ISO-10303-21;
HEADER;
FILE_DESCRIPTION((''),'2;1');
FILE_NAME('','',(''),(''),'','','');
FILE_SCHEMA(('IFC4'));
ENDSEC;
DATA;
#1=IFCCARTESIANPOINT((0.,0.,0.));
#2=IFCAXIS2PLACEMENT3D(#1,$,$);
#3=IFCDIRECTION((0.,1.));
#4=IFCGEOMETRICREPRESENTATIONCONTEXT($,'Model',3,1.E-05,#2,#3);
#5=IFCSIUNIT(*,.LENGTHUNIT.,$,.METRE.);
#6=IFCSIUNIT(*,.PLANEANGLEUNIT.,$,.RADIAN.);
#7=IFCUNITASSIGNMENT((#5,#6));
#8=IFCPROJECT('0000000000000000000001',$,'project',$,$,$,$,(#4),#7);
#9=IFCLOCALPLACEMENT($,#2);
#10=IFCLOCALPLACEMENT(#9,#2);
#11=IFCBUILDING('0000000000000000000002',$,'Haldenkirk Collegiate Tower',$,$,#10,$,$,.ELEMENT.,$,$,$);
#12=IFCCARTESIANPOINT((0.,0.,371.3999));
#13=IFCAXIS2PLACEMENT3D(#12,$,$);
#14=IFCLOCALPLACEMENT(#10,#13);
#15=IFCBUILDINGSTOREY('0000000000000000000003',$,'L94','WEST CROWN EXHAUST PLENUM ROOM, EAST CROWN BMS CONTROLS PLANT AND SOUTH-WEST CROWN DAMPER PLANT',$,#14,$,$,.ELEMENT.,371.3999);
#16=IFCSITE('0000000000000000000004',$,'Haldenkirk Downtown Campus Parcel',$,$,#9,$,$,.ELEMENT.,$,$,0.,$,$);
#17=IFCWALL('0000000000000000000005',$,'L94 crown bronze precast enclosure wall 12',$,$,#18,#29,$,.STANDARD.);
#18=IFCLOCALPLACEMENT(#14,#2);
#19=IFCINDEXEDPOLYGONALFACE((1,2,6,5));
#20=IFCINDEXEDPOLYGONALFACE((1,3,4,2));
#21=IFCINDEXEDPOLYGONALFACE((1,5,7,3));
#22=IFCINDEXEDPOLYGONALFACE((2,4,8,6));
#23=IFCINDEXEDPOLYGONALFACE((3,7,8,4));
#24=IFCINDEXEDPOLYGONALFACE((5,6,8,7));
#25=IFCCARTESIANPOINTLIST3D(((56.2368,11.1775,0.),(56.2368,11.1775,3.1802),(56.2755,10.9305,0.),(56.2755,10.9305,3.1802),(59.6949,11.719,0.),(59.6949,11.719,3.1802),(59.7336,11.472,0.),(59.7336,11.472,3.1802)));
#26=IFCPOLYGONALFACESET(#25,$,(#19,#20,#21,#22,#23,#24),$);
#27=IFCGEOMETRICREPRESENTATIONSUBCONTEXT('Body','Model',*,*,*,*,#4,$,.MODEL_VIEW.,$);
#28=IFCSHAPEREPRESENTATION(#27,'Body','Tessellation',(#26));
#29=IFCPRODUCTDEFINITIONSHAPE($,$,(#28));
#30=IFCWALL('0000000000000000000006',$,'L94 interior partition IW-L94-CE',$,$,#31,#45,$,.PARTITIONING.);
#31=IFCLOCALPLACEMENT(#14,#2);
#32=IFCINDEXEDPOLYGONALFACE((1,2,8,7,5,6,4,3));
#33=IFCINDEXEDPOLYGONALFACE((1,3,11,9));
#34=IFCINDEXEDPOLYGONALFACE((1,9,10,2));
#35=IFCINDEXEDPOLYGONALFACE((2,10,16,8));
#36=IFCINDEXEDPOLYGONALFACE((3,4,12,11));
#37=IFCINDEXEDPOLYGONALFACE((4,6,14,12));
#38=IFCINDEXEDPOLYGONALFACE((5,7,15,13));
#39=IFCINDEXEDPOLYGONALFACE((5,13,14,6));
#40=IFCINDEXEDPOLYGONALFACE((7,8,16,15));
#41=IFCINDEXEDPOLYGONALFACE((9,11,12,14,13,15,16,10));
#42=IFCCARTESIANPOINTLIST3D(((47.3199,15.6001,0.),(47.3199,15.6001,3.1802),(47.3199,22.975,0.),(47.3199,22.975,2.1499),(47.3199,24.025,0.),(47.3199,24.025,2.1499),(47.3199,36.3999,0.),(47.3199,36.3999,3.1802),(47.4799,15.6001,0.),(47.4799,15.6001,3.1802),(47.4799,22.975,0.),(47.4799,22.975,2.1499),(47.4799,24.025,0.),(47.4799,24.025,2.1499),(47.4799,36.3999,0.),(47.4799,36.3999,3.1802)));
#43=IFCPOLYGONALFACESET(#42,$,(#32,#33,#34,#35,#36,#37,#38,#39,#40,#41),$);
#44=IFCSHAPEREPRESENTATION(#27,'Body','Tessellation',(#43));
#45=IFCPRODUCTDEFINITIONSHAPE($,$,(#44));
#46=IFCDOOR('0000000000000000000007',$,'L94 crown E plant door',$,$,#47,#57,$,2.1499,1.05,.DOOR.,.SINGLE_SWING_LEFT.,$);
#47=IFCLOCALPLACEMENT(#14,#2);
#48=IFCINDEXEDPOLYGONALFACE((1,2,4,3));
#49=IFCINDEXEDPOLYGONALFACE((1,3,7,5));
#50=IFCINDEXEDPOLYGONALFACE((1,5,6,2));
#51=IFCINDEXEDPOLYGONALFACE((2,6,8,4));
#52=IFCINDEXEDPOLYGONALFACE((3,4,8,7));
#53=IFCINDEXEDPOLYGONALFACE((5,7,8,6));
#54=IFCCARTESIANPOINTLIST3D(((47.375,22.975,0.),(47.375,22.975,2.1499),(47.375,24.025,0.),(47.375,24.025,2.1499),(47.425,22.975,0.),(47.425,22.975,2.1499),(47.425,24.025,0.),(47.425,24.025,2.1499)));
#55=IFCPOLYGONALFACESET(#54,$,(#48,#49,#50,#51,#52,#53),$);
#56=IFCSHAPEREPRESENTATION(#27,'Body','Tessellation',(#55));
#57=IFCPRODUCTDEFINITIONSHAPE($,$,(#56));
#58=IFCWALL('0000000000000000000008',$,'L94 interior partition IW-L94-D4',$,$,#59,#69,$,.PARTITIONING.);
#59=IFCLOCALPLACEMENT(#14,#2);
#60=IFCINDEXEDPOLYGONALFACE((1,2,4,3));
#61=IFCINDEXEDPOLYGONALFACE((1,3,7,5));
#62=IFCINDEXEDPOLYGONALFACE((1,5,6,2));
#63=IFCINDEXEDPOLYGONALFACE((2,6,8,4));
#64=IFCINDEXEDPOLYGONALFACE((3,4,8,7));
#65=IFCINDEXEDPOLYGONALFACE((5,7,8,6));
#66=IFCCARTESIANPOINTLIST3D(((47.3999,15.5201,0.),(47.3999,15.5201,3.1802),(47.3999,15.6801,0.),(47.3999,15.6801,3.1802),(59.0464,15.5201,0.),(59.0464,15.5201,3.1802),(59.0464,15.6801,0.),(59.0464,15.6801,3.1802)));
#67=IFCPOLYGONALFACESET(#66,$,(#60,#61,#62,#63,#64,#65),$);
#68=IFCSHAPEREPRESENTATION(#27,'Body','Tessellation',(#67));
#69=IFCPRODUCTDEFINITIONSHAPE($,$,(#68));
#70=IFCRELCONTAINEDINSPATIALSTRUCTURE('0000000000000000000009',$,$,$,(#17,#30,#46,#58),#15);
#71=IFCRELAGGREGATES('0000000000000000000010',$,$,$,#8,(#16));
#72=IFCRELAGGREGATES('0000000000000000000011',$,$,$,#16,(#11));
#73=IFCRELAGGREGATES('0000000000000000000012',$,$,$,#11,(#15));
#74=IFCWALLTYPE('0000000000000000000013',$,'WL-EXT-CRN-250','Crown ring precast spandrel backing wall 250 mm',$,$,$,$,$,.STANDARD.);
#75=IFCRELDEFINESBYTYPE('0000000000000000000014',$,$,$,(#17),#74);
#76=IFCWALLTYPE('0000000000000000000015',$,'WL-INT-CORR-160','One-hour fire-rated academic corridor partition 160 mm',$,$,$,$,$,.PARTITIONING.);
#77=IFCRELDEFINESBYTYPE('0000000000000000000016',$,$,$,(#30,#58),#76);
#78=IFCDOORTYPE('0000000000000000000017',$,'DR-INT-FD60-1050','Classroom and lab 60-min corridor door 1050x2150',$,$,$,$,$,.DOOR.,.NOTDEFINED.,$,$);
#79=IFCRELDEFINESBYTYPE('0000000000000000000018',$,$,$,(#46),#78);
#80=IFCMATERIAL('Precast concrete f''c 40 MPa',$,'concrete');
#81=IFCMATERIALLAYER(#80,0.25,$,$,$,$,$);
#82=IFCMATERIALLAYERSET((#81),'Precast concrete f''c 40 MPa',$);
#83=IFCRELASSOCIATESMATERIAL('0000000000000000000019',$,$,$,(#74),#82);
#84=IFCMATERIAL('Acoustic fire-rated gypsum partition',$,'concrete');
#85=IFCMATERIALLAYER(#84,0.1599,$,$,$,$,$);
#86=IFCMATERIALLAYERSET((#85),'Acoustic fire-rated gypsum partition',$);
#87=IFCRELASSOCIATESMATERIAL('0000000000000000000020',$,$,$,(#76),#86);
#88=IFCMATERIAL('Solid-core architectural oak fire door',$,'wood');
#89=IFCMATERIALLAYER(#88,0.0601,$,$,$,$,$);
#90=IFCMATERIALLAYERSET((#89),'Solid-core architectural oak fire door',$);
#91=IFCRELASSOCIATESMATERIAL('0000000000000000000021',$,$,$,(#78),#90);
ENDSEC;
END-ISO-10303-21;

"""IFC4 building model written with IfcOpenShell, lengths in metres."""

from ifc_helpers import new_model, si_unit, direction, frame, frame_2d, origin, place, context, subcontext, project, spatial, rectangle, extrude, material, layer, layer_set, type_object, element, fill, save


model = new_model("IFC4")

# Units and contexts
model_context = context("Model", 3, precision=1e-05, world=origin(), true_north=direction((0.0, 1.0)))
body_context = subcontext(model_context, "Body", "Model", "MODEL_VIEW")
ifc_project = project(units=[si_unit("LENGTHUNIT", "METRE"), si_unit("PLANEANGLEUNIT", "RADIAN")], contexts=[model_context])

# Site, building, storey
site_placement = place(None, origin())
site = spatial("IfcSite", under=ifc_project, at=site_placement, Name="Haldenkirk Downtown Campus Parcel", CompositionType="ELEMENT", RefElevation=0.0)
building_placement = place(site_placement, origin())
building = spatial("IfcBuilding", under=site, at=building_placement, Name="Haldenkirk Collegiate Tower", CompositionType="ELEMENT")
storey_placement = place(building_placement, frame((0.0, 0.0, 371.3999)))
storey = spatial("IfcBuildingStorey", under=building, at=storey_placement, Name="L94", Description="WEST CROWN EXHAUST PLENUM ROOM, EAST CROWN BMS CONTROLS PLANT AND SOUTH-WEST CROWN DAMPER PLANT", CompositionType="ELEMENT", Elevation=371.3999)

# Wall
ifc_material_1 = material(Name="Precast concrete f'c 40 MPa", Category="concrete")
ifc_layer_1 = layer(ifc_material_1, 0.25)
ifc_layer_set_1 = layer_set([ifc_layer_1], Name="Precast concrete f'c 40 MPa")
wall_type_1 = type_object("IfcWallType", Name="WL-EXT-CRN-250", Description="Crown ring precast spandrel backing wall 250 mm", PredefinedType="STANDARD", material=ifc_layer_set_1)
for number, where, z_axis, x_axis, name in (
    (1, (59.7141, 11.5955, 0.0), (0.0, 0.0, 1.0), (-0.98796, -0.154709, 0.0), "L94 crown bronze precast enclosure wall 12"),
):
    element("IfcWall", number, at=place(storey_placement, frame(where, z_axis=z_axis, x_axis=x_axis)), inside=storey, type_object=wall_type_1, Name=name, PredefinedType="STANDARD", context=body_context, shape_type="SweptSolid", body=[
        extrude(rectangle(XDim=3.5002, YDim=0.25, at=frame_2d((1.75, 0.0))), origin(), (0.0, 0.0, 1.0), 3.1802),
    ])

# Wall, opening, door
ifc_material_2 = material(Name="Acoustic fire-rated gypsum partition", Category="concrete")
ifc_layer_2 = layer(ifc_material_2, 0.1599)
ifc_layer_set_2 = layer_set([ifc_layer_2], Name="Acoustic fire-rated gypsum partition")
wall_type_2 = type_object("IfcWallType", Name="WL-INT-CORR-160", Description="One-hour fire-rated academic corridor partition 160 mm", PredefinedType="PARTITIONING", material=ifc_layer_set_2)
wall_1_placement = place(storey_placement, frame((47.3999, 15.6001, 0.0), z_axis=(0.0, 0.0, 1.0), x_axis=(0.0, 1.0, 0.0)))
wall_1 = element("IfcWall", 2, at=wall_1_placement, inside=storey, type_object=wall_type_2, Name="L94 interior partition IW-L94-CE", PredefinedType="PARTITIONING", context=body_context, shape_type="SweptSolid", body=[
    extrude(rectangle(XDim=20.7998, YDim=0.1599, at=frame_2d((10.3999, 0.0))), origin(), (0.0, 0.0, 1.0), 3.1802),
])
opening_placement = place(wall_1_placement, frame((7.375, 0.0, 0.0)))
opening = element("IfcOpeningElement", 3, at=opening_placement, cuts=wall_1, PredefinedType="OPENING", context=body_context, shape_type="SweptSolid", body=[
    extrude(rectangle(XDim=1.05, YDim=2.1499, at=frame_2d((0.5249, 1.075))), frame((0.0, 0.0898, 0.0), z_axis=(0.0, -1.0, 0.0), x_axis=(1.0, 0.0, 0.0)), (0.0, 0.0, 1.0), 0.1799),
])
ifc_material_3 = material(Name="Solid-core architectural oak fire door", Category="wood")
ifc_layer_3 = layer(ifc_material_3, 0.0601)
ifc_layer_set_3 = layer_set([ifc_layer_3], Name="Solid-core architectural oak fire door")
door_type = type_object("IfcDoorType", Name="DR-INT-FD60-1050", Description="Classroom and lab 60-min corridor door 1050x2150", OperationType="NOTDEFINED", PredefinedType="DOOR", material=ifc_layer_set_3)
door_placement = place(opening_placement, origin())
door = element("IfcDoor", 4, at=door_placement, inside=storey, type_object=door_type, Name="L94 crown E plant door", OperationType="SINGLE_SWING_LEFT", OverallHeight=2.1499, OverallWidth=1.05, PredefinedType="DOOR", context=body_context, shape_type="SweptSolid", body=[
    extrude(rectangle(XDim=1.05, YDim=2.1499, at=frame_2d((0.5249, 1.075))), frame((0.0, 0.0249, 0.0), z_axis=(0.0, -1.0, 0.0), x_axis=(1.0, 0.0, 0.0)), (0.0, 0.0, 1.0), 0.05),
])
fill(opening, door)

# Wall
wall_2_placement = place(storey_placement, frame((47.3999, 15.6001, 0.0), z_axis=(0.0, 0.0, 1.0), x_axis=(1.0, 0.0, 0.0)))
element("IfcWall", 5, at=wall_2_placement, inside=storey, type_object=wall_type_2, Name="L94 interior partition IW-L94-D4", PredefinedType="PARTITIONING", context=body_context, shape_type="SweptSolid", body=[
    extrude(rectangle(XDim=11.6465, YDim=0.1599, at=frame_2d((5.8232, 0.0))), origin(), (0.0, 0.0, 1.0), 3.1802),
])

save(model, "model.ifc")
